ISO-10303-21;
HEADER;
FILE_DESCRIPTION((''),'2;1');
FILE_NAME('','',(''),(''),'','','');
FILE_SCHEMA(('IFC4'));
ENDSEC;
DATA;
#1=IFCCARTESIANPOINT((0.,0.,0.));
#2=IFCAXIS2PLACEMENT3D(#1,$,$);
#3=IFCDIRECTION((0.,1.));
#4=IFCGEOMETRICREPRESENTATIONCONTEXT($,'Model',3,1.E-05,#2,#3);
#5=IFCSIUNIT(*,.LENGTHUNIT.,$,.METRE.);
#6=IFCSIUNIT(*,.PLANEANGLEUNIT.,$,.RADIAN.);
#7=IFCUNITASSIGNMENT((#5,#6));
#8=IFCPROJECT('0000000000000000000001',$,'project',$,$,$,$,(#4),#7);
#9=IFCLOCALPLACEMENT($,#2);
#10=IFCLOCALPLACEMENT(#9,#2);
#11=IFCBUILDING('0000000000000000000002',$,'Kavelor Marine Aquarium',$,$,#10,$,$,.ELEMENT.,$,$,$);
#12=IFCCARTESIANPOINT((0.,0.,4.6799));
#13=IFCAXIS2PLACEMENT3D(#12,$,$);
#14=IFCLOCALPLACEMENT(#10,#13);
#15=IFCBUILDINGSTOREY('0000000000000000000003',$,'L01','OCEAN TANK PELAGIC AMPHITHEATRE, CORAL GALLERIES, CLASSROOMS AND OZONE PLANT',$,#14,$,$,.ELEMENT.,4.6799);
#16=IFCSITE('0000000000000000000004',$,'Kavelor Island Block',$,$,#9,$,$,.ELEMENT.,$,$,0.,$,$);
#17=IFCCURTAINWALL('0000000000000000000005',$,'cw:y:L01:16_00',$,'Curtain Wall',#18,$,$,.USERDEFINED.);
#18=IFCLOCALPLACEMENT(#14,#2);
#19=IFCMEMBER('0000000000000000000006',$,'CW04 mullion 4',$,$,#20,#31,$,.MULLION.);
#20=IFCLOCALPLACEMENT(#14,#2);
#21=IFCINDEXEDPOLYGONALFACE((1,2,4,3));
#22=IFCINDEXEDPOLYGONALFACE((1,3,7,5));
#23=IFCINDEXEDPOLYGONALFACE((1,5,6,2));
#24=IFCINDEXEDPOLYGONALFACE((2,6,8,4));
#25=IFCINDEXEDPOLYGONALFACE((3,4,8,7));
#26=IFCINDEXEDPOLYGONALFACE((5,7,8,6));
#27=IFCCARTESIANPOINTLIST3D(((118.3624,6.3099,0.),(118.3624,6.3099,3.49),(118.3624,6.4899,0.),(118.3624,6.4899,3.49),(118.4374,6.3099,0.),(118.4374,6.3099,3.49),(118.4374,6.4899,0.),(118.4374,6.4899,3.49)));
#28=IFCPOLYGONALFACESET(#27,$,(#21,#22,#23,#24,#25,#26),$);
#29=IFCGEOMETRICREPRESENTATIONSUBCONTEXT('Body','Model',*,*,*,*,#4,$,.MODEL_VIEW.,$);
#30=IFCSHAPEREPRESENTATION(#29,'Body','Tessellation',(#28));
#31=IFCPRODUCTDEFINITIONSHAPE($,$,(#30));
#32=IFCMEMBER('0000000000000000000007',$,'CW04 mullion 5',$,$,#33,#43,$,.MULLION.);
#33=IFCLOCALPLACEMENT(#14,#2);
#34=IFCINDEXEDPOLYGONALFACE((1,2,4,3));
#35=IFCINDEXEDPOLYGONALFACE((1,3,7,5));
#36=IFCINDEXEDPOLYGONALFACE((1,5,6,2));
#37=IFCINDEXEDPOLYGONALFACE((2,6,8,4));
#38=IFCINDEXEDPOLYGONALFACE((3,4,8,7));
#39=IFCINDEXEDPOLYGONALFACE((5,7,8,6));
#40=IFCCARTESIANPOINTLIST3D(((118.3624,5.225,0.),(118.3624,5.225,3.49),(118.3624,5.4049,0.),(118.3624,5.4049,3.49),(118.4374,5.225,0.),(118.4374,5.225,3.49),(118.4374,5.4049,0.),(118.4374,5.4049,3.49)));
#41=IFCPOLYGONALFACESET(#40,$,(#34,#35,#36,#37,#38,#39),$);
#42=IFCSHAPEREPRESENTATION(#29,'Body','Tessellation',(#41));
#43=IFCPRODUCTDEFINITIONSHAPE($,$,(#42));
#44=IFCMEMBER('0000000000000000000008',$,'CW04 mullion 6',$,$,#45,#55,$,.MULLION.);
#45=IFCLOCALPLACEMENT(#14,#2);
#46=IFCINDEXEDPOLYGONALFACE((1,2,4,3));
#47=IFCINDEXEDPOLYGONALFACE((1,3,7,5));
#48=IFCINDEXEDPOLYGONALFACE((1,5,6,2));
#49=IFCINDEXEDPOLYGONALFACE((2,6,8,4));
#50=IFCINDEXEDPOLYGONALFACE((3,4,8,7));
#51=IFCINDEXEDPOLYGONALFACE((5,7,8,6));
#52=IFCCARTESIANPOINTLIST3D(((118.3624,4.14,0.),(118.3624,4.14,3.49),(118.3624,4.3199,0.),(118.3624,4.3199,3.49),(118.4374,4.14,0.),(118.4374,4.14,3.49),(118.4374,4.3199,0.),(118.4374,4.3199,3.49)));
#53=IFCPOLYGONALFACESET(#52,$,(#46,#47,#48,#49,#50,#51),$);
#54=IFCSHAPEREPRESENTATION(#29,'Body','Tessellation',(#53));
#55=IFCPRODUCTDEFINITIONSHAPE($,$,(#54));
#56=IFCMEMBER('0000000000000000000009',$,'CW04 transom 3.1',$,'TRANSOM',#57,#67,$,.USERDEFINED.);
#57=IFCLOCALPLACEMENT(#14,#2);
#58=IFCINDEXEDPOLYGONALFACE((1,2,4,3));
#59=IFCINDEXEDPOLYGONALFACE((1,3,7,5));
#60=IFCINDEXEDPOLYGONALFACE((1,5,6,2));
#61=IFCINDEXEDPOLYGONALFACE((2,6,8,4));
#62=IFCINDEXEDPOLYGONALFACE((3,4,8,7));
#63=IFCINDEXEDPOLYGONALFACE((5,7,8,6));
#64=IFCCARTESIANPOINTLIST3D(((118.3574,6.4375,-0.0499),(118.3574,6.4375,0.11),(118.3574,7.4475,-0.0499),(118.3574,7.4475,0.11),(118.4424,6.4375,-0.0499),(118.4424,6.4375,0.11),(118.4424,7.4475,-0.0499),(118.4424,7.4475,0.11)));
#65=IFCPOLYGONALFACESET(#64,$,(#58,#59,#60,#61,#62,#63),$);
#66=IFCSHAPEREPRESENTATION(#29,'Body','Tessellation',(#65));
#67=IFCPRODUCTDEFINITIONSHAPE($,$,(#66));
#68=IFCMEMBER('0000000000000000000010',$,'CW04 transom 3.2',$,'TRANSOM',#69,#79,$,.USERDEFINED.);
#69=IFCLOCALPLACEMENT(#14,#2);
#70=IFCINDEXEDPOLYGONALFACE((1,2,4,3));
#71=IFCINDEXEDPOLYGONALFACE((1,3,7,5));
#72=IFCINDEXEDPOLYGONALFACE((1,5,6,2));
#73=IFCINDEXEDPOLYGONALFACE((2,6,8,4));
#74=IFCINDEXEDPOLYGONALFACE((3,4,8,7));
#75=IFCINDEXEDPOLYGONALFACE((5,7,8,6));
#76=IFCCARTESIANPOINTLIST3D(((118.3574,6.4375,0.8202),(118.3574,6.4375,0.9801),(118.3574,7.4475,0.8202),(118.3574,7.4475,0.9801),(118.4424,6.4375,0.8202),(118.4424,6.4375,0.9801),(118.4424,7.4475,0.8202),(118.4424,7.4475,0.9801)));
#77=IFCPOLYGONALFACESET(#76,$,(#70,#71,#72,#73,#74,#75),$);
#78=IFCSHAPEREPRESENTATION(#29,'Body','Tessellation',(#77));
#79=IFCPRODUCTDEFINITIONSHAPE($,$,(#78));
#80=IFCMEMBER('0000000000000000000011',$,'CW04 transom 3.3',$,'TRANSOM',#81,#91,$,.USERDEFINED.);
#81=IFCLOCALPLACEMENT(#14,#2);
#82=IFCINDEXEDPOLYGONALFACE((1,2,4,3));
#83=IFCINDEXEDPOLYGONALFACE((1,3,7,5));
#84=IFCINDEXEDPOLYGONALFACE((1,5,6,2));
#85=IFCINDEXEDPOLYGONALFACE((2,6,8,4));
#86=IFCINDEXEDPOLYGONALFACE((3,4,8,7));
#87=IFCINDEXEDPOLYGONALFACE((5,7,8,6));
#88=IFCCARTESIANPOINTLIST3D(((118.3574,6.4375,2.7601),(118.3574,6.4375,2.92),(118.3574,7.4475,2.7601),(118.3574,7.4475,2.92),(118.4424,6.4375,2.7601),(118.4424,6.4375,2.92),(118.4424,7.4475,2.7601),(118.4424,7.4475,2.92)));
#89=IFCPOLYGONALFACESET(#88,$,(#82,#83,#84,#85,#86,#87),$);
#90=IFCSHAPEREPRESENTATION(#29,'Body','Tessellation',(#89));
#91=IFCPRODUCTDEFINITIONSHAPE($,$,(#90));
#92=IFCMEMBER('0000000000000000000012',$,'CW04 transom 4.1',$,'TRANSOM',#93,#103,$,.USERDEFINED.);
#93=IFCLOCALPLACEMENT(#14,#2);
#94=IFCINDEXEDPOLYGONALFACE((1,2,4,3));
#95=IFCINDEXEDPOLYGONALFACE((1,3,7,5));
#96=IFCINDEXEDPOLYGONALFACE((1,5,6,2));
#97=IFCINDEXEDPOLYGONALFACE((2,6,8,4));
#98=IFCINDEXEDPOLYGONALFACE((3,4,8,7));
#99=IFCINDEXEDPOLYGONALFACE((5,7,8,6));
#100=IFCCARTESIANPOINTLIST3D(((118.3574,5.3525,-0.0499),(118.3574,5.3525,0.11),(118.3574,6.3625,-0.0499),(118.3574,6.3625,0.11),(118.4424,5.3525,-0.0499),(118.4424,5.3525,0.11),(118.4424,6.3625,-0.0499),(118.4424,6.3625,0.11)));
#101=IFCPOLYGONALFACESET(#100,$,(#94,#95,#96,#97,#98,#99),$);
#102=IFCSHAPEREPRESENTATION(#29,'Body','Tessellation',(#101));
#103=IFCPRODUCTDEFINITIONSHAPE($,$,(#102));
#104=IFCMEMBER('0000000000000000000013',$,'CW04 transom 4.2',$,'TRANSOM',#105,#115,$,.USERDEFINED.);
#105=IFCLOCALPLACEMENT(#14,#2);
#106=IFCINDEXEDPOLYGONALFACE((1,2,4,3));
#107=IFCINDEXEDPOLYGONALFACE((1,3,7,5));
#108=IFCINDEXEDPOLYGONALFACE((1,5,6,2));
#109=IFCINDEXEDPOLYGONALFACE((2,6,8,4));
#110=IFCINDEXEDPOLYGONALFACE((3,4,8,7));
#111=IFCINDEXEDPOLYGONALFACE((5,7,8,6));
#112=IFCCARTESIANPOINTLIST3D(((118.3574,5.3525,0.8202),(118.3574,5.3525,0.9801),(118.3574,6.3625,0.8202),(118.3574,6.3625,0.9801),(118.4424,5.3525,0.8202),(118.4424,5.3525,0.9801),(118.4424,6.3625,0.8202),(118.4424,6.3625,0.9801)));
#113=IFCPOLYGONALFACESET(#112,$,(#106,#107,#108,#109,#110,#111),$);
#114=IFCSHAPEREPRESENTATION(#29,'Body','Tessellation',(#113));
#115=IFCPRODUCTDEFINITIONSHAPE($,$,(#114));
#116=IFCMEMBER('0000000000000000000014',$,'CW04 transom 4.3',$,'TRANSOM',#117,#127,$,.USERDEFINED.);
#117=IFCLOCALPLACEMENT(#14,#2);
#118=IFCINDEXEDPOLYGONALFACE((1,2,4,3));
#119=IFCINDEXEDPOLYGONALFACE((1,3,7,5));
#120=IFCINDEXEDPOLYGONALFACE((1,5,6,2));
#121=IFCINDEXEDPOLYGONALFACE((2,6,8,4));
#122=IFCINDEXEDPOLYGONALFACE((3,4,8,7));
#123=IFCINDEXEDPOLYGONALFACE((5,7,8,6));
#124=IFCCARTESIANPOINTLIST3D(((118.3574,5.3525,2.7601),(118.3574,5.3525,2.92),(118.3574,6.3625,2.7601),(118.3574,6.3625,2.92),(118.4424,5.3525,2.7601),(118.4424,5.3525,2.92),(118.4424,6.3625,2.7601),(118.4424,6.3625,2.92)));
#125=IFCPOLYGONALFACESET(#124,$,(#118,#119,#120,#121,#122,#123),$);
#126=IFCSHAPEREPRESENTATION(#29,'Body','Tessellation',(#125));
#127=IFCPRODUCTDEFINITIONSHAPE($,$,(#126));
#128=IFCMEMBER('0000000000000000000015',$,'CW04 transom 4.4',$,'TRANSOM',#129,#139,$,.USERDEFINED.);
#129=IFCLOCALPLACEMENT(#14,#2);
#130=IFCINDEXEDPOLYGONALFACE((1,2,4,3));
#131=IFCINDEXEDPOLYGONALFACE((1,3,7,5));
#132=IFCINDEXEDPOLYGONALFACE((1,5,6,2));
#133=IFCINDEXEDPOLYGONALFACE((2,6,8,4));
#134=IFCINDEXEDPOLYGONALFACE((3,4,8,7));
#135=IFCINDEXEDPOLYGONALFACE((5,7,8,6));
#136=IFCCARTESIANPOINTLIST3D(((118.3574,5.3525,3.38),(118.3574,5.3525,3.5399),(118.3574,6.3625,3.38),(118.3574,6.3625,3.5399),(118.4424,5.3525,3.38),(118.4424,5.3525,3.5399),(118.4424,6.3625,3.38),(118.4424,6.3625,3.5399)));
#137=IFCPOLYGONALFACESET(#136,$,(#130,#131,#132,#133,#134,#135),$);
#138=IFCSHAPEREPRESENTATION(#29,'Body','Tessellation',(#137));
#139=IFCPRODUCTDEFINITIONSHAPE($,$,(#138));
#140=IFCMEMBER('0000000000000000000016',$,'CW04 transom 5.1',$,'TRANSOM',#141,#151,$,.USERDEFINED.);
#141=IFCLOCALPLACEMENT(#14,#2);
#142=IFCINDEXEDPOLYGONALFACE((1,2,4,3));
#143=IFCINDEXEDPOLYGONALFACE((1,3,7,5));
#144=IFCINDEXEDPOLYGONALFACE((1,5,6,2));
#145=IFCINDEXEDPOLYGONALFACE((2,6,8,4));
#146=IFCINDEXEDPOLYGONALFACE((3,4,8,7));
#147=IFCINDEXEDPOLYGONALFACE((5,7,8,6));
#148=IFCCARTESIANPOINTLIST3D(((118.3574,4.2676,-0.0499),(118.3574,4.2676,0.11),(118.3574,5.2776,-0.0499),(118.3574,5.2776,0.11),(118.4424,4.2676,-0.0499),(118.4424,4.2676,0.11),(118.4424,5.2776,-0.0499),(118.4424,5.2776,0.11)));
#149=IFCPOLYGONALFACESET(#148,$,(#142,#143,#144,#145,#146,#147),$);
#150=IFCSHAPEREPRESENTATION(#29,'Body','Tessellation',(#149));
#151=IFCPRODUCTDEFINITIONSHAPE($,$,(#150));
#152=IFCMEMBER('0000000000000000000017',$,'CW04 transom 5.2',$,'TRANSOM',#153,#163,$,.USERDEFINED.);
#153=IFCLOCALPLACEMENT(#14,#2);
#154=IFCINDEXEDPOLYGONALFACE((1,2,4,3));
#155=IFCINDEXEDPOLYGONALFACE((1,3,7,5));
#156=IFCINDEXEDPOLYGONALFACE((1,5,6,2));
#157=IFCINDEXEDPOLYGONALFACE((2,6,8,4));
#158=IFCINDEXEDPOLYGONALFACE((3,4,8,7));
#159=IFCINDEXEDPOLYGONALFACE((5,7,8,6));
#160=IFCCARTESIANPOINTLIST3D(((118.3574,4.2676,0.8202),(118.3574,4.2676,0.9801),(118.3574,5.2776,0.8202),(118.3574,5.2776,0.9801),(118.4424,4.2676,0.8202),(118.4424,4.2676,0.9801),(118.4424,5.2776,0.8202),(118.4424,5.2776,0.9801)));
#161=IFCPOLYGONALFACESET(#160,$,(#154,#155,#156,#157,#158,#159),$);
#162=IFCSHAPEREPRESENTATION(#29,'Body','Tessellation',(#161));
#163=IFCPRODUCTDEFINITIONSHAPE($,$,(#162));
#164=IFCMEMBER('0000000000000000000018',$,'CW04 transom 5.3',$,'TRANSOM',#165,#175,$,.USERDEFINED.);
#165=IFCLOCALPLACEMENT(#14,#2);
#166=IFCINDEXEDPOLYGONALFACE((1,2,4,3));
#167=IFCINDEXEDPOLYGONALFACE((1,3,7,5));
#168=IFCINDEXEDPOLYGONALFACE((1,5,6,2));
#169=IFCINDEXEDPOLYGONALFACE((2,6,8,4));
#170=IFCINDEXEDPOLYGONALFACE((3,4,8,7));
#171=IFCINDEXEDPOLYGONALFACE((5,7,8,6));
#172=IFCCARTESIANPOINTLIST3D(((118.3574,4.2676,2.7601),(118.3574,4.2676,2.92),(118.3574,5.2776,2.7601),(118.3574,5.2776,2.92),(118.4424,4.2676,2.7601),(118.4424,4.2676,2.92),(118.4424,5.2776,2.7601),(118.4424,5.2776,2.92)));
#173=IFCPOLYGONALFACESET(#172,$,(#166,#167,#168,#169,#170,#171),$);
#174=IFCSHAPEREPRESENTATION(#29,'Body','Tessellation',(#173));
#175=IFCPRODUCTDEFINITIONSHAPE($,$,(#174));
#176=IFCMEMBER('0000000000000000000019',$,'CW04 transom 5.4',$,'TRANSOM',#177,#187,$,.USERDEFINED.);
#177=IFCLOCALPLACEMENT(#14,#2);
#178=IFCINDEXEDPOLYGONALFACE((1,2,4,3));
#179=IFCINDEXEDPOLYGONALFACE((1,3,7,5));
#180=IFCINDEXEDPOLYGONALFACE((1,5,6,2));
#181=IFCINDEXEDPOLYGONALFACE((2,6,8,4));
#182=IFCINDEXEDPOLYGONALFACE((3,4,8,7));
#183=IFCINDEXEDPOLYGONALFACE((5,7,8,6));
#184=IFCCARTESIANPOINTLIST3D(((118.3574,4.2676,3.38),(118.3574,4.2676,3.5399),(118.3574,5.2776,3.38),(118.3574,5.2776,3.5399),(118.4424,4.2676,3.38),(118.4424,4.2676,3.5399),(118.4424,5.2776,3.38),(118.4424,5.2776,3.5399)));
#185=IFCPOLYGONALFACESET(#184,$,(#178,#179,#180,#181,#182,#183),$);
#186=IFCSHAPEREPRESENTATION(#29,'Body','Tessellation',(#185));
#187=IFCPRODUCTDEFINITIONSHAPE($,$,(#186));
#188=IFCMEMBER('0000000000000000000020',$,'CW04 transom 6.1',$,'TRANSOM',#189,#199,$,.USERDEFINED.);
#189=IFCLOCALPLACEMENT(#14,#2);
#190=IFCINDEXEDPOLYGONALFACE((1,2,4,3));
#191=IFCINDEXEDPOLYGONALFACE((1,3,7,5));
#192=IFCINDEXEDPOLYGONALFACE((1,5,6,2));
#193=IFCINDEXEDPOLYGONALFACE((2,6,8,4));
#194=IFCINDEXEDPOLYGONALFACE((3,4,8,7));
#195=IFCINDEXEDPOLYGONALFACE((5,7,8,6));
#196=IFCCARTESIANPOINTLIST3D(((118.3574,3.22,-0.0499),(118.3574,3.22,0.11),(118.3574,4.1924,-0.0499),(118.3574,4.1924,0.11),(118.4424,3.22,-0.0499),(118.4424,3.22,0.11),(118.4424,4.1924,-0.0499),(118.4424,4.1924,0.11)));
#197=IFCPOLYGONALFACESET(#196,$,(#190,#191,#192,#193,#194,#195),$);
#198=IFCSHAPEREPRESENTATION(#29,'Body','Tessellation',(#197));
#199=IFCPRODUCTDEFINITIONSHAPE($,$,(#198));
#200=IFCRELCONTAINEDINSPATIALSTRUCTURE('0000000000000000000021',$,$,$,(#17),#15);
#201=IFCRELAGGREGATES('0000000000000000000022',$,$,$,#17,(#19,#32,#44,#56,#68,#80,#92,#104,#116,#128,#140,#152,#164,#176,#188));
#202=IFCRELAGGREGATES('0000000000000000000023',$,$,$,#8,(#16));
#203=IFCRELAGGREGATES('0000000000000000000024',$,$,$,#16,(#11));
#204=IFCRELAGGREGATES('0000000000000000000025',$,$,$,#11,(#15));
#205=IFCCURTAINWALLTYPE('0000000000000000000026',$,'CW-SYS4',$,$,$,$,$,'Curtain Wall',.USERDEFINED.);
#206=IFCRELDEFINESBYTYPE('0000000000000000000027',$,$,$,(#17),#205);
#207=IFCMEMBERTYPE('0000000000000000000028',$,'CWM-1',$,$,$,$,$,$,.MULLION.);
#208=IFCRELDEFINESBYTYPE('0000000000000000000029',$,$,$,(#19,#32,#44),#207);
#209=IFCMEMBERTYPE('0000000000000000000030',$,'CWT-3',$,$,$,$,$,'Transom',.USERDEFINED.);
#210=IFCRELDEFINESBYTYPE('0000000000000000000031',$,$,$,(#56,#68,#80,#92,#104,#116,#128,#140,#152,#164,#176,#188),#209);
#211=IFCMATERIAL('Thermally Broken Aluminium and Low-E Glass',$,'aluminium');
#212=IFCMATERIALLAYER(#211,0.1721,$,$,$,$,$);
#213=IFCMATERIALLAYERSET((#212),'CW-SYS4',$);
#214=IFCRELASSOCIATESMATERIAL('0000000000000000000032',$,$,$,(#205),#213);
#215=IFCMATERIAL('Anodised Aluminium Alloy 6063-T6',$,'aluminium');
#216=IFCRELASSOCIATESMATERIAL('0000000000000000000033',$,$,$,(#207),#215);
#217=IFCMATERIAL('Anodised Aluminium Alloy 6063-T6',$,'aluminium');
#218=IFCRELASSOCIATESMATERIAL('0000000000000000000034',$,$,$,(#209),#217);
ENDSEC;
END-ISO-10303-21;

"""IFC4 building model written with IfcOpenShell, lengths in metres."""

from ifc_helpers import new_model, si_unit, direction, frame, origin, origin_2d, place, context, subcontext, project, spatial, rectangle, extrude, material, layer, layer_set, material_profile, profile_set, type_object, element, aggregate, save


model = new_model("IFC4")

# Units and contexts
model_context = context("Model", 3, precision=1e-05, world=origin(), true_north=direction((0.0, 1.0)))
body_context = subcontext(model_context, "Body", "Model", "MODEL_VIEW")
ifc_project = project(units=[si_unit("LENGTHUNIT", "METRE"), si_unit("PLANEANGLEUNIT", "RADIAN")], contexts=[model_context])

# Site, building, storey
site_placement = place(None, origin())
site = spatial("IfcSite", under=ifc_project, at=site_placement, Name="Kavelor Island Block", CompositionType="ELEMENT", RefElevation=0.0)
building_placement = place(site_placement, origin())
building = spatial("IfcBuilding", under=site, at=building_placement, Name="Kavelor Marine Aquarium", CompositionType="ELEMENT")
storey_placement = place(building_placement, frame((0.0, 0.0, 4.6799)))
storey = spatial("IfcBuildingStorey", under=building, at=storey_placement, Name="L01", Description="OCEAN TANK PELAGIC AMPHITHEATRE, CORAL GALLERIES, CLASSROOMS AND OZONE PLANT", CompositionType="ELEMENT", Elevation=4.6799)

# Curtain wall, members
ifc_material_1 = material(Name="Thermally Broken Aluminium and Low-E Glass", Category="aluminium")
ifc_layer_1 = layer(ifc_material_1, 0.1721)
ifc_layer_set_1 = layer_set([ifc_layer_1], Name="CW-SYS4")
curtain_wall_type = type_object("IfcCurtainWallType", Name="CW-SYS4", ElementType="Curtain Wall", PredefinedType="USERDEFINED", material=ifc_layer_set_1)
curtain_wall_placement = place(storey_placement, origin())
curtain_wall = element("IfcCurtainWall", 1, at=curtain_wall_placement, inside=storey, type_object=curtain_wall_type, Name="cw:y:L01:16_00", ObjectType="Curtain Wall", PredefinedType="USERDEFINED")
ifc_material_2 = material(Name="Anodised Aluminium Alloy 6063-T6", Category="aluminium")
ifc_material_profile_1 = material_profile(ifc_material_2, rectangle(XDim=0.075, YDim=0.1799, at=origin_2d()), Name="CW-MUL 75x180")
ifc_profile_set_1 = profile_set([ifc_material_profile_1], Name="Anodised Aluminium Alloy 6063-T6")
member_type_1 = type_object("IfcMemberType", Name="CWM-1", PredefinedType="MULLION", material=ifc_profile_set_1)
member_1_placement = place(storey_placement, frame((118.3999, 6.3999, 0.0), z_axis=(0.0, 0.0, 1.0), x_axis=(1.0, 0.0, 0.0)))
member_1 = element("IfcMember", 2, at=member_1_placement, type_object=member_type_1, Name="CW04 mullion 4", PredefinedType="MULLION", context=body_context, shape_type="SweptSolid", body=[
    extrude(rectangle(XDim=0.075, YDim=0.1799, at=origin_2d()), origin(), (0.0, 0.0, 1.0), 3.49),
])
member_2_placement = place(storey_placement, frame((118.3999, 5.3149, 0.0), z_axis=(0.0, 0.0, 1.0), x_axis=(1.0, 0.0, 0.0)))
member_2 = element("IfcMember", 3, at=member_2_placement, type_object=member_type_1, Name="CW04 mullion 5", PredefinedType="MULLION", context=body_context, shape_type="SweptSolid", body=[
    extrude(rectangle(XDim=0.075, YDim=0.1799, at=origin_2d()), origin(), (0.0, 0.0, 1.0), 3.49),
])
member_3_placement = place(storey_placement, frame((118.3999, 4.23, 0.0), z_axis=(0.0, 0.0, 1.0), x_axis=(1.0, 0.0, 0.0)))
member_3 = element("IfcMember", 4, at=member_3_placement, type_object=member_type_1, Name="CW04 mullion 6", PredefinedType="MULLION", context=body_context, shape_type="SweptSolid", body=[
    extrude(rectangle(XDim=0.075, YDim=0.1799, at=origin_2d()), origin(), (0.0, 0.0, 1.0), 3.49),
])
ifc_material_3 = material(Name="Anodised Aluminium Alloy 6063-T6", Category="aluminium")
ifc_material_profile_2 = material_profile(ifc_material_3, rectangle(XDim=0.085, YDim=0.1599, at=origin_2d()), Name="CW-TRN 85x160")
ifc_profile_set_2 = profile_set([ifc_material_profile_2], Name="Anodised Aluminium Alloy 6063-T6")
member_type_2 = type_object("IfcMemberType", Name="CWT-3", ElementType="Transom", PredefinedType="USERDEFINED", material=ifc_profile_set_2)
member_4_placement = place(storey_placement, frame((118.3999, 7.4475, 0.03), z_axis=(0.0, -1.0, 0.0), x_axis=(1.0, 0.0, 0.0)))
member_4 = element("IfcMember", 5, at=member_4_placement, type_object=member_type_2, Name="CW04 transom 3.1", ObjectType="TRANSOM", PredefinedType="USERDEFINED", context=body_context, shape_type="SweptSolid", body=[
    extrude(rectangle(XDim=0.085, YDim=0.1599, at=origin_2d()), origin(), (0.0, 0.0, 1.0), 1.01),
])
member_5_placement = place(storey_placement, frame((118.3999, 7.4475, 0.9001), z_axis=(0.0, -1.0, 0.0), x_axis=(1.0, 0.0, 0.0)))
member_5 = element("IfcMember", 6, at=member_5_placement, type_object=member_type_2, Name="CW04 transom 3.2", ObjectType="TRANSOM", PredefinedType="USERDEFINED", context=body_context, shape_type="SweptSolid", body=[
    extrude(rectangle(XDim=0.085, YDim=0.1599, at=origin_2d()), origin(), (0.0, 0.0, 1.0), 1.01),
])
member_6_placement = place(storey_placement, frame((118.3999, 7.4475, 2.8401), z_axis=(0.0, -1.0, 0.0), x_axis=(1.0, 0.0, 0.0)))
member_6 = element("IfcMember", 7, at=member_6_placement, type_object=member_type_2, Name="CW04 transom 3.3", ObjectType="TRANSOM", PredefinedType="USERDEFINED", context=body_context, shape_type="SweptSolid", body=[
    extrude(rectangle(XDim=0.085, YDim=0.1599, at=origin_2d()), origin(), (0.0, 0.0, 1.0), 1.01),
])
member_7_placement = place(storey_placement, frame((118.3999, 6.3625, 0.03), z_axis=(0.0, -1.0, 0.0), x_axis=(1.0, 0.0, 0.0)))
member_7 = element("IfcMember", 8, at=member_7_placement, type_object=member_type_2, Name="CW04 transom 4.1", ObjectType="TRANSOM", PredefinedType="USERDEFINED", context=body_context, shape_type="SweptSolid", body=[
    extrude(rectangle(XDim=0.085, YDim=0.1599, at=origin_2d()), origin(), (0.0, 0.0, 1.0), 1.01),
])
member_8_placement = place(storey_placement, frame((118.3999, 6.3625, 0.9001), z_axis=(0.0, -1.0, 0.0), x_axis=(1.0, 0.0, 0.0)))
member_8 = element("IfcMember", 9, at=member_8_placement, type_object=member_type_2, Name="CW04 transom 4.2", ObjectType="TRANSOM", PredefinedType="USERDEFINED", context=body_context, shape_type="SweptSolid", body=[
    extrude(rectangle(XDim=0.085, YDim=0.1599, at=origin_2d()), origin(), (0.0, 0.0, 1.0), 1.01),
])
member_9_placement = place(storey_placement, frame((118.3999, 6.3625, 2.8401), z_axis=(0.0, -1.0, 0.0), x_axis=(1.0, 0.0, 0.0)))
member_9 = element("IfcMember", 10, at=member_9_placement, type_object=member_type_2, Name="CW04 transom 4.3", ObjectType="TRANSOM", PredefinedType="USERDEFINED", context=body_context, shape_type="SweptSolid", body=[
    extrude(rectangle(XDim=0.085, YDim=0.1599, at=origin_2d()), origin(), (0.0, 0.0, 1.0), 1.01),
])
member_10_placement = place(storey_placement, frame((118.3999, 6.3625, 3.46), z_axis=(0.0, -1.0, 0.0), x_axis=(1.0, 0.0, 0.0)))
member_10 = element("IfcMember", 11, at=member_10_placement, type_object=member_type_2, Name="CW04 transom 4.4", ObjectType="TRANSOM", PredefinedType="USERDEFINED", context=body_context, shape_type="SweptSolid", body=[
    extrude(rectangle(XDim=0.085, YDim=0.1599, at=origin_2d()), origin(), (0.0, 0.0, 1.0), 1.01),
])
member_11_placement = place(storey_placement, frame((118.3999, 5.2776, 0.03), z_axis=(0.0, -1.0, 0.0), x_axis=(1.0, 0.0, 0.0)))
member_11 = element("IfcMember", 12, at=member_11_placement, type_object=member_type_2, Name="CW04 transom 5.1", ObjectType="TRANSOM", PredefinedType="USERDEFINED", context=body_context, shape_type="SweptSolid", body=[
    extrude(rectangle(XDim=0.085, YDim=0.1599, at=origin_2d()), origin(), (0.0, 0.0, 1.0), 1.01),
])
member_12_placement = place(storey_placement, frame((118.3999, 5.2776, 0.9001), z_axis=(0.0, -1.0, 0.0), x_axis=(1.0, 0.0, 0.0)))
member_12 = element("IfcMember", 13, at=member_12_placement, type_object=member_type_2, Name="CW04 transom 5.2", ObjectType="TRANSOM", PredefinedType="USERDEFINED", context=body_context, shape_type="SweptSolid", body=[
    extrude(rectangle(XDim=0.085, YDim=0.1599, at=origin_2d()), origin(), (0.0, 0.0, 1.0), 1.01),
])
member_13_placement = place(storey_placement, frame((118.3999, 5.2776, 2.8401), z_axis=(0.0, -1.0, 0.0), x_axis=(1.0, 0.0, 0.0)))
member_13 = element("IfcMember", 14, at=member_13_placement, type_object=member_type_2, Name="CW04 transom 5.3", ObjectType="TRANSOM", PredefinedType="USERDEFINED", context=body_context, shape_type="SweptSolid", body=[
    extrude(rectangle(XDim=0.085, YDim=0.1599, at=origin_2d()), origin(), (0.0, 0.0, 1.0), 1.01),
])
member_14_placement = place(storey_placement, frame((118.3999, 5.2776, 3.46), z_axis=(0.0, -1.0, 0.0), x_axis=(1.0, 0.0, 0.0)))
member_14 = element("IfcMember", 15, at=member_14_placement, type_object=member_type_2, Name="CW04 transom 5.4", ObjectType="TRANSOM", PredefinedType="USERDEFINED", context=body_context, shape_type="SweptSolid", body=[
    extrude(rectangle(XDim=0.085, YDim=0.1599, at=origin_2d()), origin(), (0.0, 0.0, 1.0), 1.01),
])
member_15_placement = place(storey_placement, frame((118.3999, 4.1924, 0.03), z_axis=(0.0, -1.0, 0.0), x_axis=(1.0, 0.0, 0.0)))
member_15 = element("IfcMember", 16, at=member_15_placement, type_object=member_type_2, Name="CW04 transom 6.1", ObjectType="TRANSOM", PredefinedType="USERDEFINED", context=body_context, shape_type="SweptSolid", body=[
    extrude(rectangle(XDim=0.085, YDim=0.1599, at=origin_2d()), origin(), (0.0, 0.0, 1.0), 0.9724),
])
aggregate(curtain_wall, [member_1, member_2, member_3, member_4, member_5, member_6, member_7, member_8, member_9, member_10, member_11, member_12, member_13, member_14, member_15])

save(model, "model.ifc")
